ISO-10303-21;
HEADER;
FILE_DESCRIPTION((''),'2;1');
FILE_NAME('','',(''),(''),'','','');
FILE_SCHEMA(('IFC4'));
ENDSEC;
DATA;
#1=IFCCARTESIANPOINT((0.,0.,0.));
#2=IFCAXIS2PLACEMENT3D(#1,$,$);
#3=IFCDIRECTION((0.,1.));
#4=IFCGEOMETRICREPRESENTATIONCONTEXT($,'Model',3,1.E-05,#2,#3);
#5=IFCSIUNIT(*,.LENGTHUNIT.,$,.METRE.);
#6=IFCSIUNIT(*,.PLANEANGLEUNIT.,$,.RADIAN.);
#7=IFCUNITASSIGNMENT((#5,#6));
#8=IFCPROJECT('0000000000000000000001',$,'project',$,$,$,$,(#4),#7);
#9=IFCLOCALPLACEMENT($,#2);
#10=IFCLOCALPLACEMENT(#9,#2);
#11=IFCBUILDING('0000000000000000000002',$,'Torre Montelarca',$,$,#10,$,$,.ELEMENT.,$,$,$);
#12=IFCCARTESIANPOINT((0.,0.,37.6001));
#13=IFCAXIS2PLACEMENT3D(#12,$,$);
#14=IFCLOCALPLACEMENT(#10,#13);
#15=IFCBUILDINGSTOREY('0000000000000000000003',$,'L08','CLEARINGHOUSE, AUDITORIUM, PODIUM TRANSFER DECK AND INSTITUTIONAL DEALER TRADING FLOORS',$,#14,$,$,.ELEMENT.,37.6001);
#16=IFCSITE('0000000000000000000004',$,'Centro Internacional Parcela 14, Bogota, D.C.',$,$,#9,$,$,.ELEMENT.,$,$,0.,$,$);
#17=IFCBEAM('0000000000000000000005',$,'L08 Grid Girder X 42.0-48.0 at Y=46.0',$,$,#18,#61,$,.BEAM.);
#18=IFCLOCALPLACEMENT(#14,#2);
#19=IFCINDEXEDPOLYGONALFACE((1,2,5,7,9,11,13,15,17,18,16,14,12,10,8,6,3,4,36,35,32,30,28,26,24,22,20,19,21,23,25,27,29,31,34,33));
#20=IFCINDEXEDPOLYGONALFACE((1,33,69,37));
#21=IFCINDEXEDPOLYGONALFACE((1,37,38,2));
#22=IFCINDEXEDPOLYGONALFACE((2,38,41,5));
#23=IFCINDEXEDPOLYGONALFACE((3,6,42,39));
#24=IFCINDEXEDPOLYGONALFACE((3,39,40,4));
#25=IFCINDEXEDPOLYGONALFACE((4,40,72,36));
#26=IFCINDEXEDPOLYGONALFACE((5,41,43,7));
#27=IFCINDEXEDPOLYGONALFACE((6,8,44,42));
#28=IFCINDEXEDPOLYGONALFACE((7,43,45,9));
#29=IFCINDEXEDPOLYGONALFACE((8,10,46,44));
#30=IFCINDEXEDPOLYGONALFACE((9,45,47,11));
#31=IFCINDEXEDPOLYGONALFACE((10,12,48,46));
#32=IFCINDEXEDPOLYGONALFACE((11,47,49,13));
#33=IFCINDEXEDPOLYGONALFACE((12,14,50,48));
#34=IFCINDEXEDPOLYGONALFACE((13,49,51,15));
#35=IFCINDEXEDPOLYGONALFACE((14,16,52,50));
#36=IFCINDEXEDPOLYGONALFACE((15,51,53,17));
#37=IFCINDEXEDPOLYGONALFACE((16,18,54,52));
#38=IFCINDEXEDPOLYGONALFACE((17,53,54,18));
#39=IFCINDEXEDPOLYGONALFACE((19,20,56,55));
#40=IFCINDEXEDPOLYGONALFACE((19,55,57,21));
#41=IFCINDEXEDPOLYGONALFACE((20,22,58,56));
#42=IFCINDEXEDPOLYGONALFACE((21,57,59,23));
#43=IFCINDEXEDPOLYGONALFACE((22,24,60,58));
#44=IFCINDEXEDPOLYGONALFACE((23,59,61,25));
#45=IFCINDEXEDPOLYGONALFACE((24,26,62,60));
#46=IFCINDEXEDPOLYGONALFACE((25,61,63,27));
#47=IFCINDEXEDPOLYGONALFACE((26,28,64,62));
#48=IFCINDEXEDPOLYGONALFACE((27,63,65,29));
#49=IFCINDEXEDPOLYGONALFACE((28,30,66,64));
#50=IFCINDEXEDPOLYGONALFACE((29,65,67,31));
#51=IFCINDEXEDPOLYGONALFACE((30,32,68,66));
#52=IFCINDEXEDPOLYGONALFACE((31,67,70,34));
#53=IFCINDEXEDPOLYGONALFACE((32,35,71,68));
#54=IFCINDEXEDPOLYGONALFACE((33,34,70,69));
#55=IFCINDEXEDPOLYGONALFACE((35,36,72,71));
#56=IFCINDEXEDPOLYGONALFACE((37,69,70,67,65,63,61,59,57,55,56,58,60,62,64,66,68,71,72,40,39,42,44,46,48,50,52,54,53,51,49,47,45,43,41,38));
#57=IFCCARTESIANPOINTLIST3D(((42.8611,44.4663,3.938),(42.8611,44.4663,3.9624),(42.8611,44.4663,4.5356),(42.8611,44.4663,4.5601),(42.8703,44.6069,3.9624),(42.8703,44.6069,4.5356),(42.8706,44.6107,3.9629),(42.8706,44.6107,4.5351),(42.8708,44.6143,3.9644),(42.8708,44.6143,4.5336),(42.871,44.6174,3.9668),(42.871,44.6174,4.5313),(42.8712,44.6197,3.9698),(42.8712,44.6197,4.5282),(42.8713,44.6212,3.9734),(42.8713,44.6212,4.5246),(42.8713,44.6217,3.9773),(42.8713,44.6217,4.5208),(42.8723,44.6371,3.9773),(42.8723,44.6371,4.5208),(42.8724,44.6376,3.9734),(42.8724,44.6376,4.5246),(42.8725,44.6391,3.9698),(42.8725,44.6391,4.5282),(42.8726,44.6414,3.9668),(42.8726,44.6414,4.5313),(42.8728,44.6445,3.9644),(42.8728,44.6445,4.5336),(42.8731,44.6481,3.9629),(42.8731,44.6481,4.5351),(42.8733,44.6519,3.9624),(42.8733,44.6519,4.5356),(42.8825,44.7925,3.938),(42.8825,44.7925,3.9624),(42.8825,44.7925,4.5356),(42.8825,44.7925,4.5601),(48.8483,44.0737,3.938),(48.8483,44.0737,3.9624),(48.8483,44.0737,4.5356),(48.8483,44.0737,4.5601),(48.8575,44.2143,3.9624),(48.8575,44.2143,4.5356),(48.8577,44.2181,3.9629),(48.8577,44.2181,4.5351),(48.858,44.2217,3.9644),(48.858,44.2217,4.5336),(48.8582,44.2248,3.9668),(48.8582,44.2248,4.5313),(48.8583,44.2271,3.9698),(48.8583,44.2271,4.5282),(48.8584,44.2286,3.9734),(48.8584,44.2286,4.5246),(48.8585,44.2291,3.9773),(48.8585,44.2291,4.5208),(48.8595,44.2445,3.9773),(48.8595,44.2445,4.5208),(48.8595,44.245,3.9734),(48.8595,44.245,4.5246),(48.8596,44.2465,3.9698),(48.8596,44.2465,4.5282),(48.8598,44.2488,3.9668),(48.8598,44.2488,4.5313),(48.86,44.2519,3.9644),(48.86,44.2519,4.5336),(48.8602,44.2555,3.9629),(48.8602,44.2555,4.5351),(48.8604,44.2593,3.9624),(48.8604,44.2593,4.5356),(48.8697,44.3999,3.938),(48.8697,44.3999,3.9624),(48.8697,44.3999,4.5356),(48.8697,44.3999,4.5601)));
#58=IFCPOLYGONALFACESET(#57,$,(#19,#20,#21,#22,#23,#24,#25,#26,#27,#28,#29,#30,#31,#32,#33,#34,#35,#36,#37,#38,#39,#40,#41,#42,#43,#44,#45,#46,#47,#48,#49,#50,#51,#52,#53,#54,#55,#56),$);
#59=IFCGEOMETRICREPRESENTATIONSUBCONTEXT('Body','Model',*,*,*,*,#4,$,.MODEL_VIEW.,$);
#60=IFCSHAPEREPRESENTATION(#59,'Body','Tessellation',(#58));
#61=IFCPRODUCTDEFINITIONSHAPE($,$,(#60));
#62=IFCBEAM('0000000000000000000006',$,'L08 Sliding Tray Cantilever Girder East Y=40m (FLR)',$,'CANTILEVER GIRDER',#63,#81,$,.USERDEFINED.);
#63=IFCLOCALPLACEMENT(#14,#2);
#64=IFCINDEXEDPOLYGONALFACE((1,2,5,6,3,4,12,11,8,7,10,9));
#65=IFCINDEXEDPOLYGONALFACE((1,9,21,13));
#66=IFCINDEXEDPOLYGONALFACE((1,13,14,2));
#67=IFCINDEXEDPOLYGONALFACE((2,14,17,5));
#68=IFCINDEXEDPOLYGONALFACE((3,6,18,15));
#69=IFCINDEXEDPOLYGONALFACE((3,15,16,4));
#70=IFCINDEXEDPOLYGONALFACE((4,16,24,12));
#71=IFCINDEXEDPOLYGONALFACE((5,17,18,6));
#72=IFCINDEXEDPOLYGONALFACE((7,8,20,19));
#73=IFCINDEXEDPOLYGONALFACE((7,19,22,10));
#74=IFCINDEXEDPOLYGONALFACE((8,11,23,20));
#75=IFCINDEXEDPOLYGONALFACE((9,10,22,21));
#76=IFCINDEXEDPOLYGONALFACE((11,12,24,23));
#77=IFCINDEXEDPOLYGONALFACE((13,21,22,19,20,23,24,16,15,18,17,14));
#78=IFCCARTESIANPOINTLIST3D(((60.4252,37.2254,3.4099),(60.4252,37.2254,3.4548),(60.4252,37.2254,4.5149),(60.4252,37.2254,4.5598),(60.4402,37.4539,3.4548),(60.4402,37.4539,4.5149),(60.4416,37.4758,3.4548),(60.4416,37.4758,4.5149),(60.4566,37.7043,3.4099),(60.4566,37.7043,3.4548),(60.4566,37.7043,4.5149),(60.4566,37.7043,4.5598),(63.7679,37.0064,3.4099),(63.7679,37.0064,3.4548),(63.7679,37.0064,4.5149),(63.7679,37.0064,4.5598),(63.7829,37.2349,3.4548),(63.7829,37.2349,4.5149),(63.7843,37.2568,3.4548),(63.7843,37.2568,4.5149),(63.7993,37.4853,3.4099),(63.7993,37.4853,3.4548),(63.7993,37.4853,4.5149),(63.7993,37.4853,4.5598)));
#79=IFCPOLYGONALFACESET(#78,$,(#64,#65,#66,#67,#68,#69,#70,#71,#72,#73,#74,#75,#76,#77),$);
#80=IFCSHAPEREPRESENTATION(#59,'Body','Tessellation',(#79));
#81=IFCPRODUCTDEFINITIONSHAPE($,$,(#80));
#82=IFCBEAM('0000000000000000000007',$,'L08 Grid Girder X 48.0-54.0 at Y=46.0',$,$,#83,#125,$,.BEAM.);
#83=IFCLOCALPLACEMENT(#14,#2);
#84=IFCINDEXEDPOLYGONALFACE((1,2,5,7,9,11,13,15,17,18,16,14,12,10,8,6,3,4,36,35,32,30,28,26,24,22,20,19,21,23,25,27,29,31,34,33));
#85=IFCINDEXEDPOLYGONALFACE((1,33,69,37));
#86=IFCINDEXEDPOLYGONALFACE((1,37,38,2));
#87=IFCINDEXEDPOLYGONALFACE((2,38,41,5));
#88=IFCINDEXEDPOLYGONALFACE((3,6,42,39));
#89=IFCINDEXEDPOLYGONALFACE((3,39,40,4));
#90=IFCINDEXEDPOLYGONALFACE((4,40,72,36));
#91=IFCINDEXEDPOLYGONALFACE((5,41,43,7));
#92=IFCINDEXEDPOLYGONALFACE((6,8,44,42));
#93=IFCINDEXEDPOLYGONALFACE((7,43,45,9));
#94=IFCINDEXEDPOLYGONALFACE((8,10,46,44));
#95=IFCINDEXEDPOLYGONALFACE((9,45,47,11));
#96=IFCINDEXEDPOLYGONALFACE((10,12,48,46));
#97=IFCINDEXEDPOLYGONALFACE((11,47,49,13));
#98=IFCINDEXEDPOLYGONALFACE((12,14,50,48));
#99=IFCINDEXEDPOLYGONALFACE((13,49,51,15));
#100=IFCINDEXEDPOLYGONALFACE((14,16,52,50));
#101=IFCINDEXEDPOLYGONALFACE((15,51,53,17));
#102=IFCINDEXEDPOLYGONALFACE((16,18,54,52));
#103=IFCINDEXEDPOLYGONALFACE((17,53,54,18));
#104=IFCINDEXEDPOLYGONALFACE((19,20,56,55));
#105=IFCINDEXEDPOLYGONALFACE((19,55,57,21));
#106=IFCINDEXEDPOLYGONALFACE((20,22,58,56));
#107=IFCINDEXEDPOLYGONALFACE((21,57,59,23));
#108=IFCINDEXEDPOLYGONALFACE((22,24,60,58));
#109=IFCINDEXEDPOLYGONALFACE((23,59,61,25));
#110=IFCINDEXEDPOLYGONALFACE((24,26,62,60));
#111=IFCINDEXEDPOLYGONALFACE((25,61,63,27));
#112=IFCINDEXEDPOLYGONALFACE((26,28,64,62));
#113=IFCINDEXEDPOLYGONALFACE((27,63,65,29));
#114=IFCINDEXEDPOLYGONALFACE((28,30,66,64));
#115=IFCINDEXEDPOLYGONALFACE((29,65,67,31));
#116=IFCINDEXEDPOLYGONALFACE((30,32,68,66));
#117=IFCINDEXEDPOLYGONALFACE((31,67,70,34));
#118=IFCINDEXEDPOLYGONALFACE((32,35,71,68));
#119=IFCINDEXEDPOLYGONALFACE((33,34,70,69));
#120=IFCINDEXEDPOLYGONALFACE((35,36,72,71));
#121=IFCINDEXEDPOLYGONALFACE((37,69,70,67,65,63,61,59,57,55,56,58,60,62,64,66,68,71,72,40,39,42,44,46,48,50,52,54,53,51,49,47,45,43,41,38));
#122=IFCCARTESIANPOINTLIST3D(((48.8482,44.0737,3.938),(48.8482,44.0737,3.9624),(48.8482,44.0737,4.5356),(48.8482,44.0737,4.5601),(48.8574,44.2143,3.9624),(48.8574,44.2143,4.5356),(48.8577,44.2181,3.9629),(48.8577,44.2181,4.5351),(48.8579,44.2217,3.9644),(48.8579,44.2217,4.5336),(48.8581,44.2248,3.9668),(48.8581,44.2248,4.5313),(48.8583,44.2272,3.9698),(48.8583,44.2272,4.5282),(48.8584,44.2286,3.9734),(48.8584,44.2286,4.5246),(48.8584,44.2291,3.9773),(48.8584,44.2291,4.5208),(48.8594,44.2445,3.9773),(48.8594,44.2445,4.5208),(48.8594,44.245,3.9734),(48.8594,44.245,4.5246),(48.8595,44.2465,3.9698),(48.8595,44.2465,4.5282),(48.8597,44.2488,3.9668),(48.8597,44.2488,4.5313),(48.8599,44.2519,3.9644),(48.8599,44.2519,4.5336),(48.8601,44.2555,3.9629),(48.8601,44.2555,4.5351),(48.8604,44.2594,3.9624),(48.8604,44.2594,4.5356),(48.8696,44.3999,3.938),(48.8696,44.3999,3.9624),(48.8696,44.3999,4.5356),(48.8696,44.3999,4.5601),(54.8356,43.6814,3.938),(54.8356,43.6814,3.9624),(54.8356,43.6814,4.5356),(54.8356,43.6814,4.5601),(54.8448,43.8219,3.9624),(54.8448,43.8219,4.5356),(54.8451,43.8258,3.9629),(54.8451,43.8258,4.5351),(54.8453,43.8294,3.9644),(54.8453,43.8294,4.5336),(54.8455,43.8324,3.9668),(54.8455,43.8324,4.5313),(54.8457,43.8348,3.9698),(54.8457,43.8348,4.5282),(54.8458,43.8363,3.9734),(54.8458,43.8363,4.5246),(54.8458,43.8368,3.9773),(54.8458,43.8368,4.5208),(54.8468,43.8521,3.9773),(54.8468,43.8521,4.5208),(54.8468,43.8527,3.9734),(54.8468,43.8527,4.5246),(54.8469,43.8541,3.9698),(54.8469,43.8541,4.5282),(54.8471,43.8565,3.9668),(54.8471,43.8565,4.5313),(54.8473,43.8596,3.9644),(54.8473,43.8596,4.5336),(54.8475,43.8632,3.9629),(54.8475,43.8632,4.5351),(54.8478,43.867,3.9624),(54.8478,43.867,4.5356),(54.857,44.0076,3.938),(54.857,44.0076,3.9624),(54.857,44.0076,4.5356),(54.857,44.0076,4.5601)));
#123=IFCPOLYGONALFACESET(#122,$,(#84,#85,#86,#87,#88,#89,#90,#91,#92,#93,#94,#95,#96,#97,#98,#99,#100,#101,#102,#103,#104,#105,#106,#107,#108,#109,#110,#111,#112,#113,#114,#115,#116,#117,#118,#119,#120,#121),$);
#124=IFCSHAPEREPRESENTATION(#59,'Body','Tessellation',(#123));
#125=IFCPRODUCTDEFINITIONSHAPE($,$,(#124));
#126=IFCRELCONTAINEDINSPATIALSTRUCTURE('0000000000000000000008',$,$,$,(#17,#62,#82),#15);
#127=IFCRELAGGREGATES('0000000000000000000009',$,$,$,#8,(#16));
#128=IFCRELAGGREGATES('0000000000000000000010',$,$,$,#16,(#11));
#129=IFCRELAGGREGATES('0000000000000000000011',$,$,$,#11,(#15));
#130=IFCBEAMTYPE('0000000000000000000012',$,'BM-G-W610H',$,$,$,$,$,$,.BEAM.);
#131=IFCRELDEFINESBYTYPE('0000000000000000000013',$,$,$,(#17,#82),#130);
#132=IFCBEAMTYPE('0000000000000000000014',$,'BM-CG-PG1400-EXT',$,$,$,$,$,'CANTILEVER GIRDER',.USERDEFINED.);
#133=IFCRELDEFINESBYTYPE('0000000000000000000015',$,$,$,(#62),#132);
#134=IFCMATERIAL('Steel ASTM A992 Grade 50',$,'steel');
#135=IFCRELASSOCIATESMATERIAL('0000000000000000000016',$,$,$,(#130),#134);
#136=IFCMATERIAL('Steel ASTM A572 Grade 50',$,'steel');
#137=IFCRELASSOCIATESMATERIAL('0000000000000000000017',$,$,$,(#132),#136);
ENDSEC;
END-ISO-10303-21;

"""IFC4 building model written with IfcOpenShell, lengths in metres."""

from ifc_helpers import new_model, si_unit, direction, frame, origin, origin_2d, place, context, subcontext, project, spatial, i_section, extrude, source, transform, mapped, material, material_profile, profile_set, type_object, element, save


model = new_model("IFC4")

# Units and contexts
model_context = context("Model", 3, precision=1e-05, world=origin(), true_north=direction((0.0, 1.0)))
body_context = subcontext(model_context, "Body", "Model", "MODEL_VIEW")
ifc_project = project(units=[si_unit("LENGTHUNIT", "METRE"), si_unit("PLANEANGLEUNIT", "RADIAN")], contexts=[model_context])

# Site, building, storey
site_placement = place(None, origin())
site = spatial("IfcSite", under=ifc_project, at=site_placement, Name="Centro Internacional Parcela 14, Bogota, D.C.", CompositionType="ELEMENT", RefElevation=0.0)
building_placement = place(site_placement, origin())
building = spatial("IfcBuilding", under=site, at=building_placement, Name="Torre Montelarca", CompositionType="ELEMENT")
storey_placement = place(building_placement, frame((0.0, 0.0, 37.6001)))
storey = spatial("IfcBuildingStorey", under=building, at=storey_placement, Name="L08", Description="CLEARINGHOUSE, AUDITORIUM, PODIUM TRANSFER DECK AND INSTITUTIONAL DEALER TRADING FLOORS", CompositionType="ELEMENT", Elevation=37.6001)

# Shared definitions
ifc_material_1 = material(Name="Steel ASTM A992 Grade 50", Category="steel")

# Beams
ifc_material_profile_1 = material_profile(ifc_material_1, i_section(OverallWidth=0.3269, OverallDepth=0.6221, WebThickness=0.0154, FlangeThickness=0.0244, FilletRadius=0.0149, at=origin_2d()), Name="W610X195", Category="steel")
ifc_profile_set_1 = profile_set([ifc_material_profile_1], Name="Steel ASTM A992 Grade 50")
beam_type_1 = type_object("IfcBeamType", Name="BM-G-W610H", PredefinedType="BEAM", material=ifc_profile_set_1)
shared_shape_1 = source(origin(), body_context, "Body", "SweptSolid", [
    extrude(i_section(OverallWidth=0.3269, OverallDepth=0.6221, WebThickness=0.0154, FlangeThickness=0.0244, FilletRadius=0.0149, at=origin_2d()), origin(), (0.0, 0.0, 1.0), 6.0),
])
beam_1_placement = place(storey_placement, frame((42.8718, 44.6294, 4.249), z_axis=(0.997857, -0.065431, 0.0), x_axis=(0.065431, 0.997857, 0.0)))
element("IfcBeam", 1, at=beam_1_placement, inside=storey, type_object=beam_type_1, Name="L08 Grid Girder X 42.0-48.0 at Y=46.0", PredefinedType="BEAM", context=body_context, shape_type="MappedRepresentation", body=[
    mapped(shared_shape_1, transform((0.0, 0.0, 0.0), scale=1.0)),
])
ifc_material_2 = material(Name="Steel ASTM A572 Grade 50", Category="steel")
ifc_material_profile_2 = material_profile(ifc_material_2, i_section(OverallWidth=0.48, OverallDepth=1.1499, WebThickness=0.022, FlangeThickness=0.0449, at=origin_2d()), Name="PG1150X480X22X45", Category="steel")
ifc_profile_set_2 = profile_set([ifc_material_profile_2], Name="Steel ASTM A572 Grade 50")
beam_type_2 = type_object("IfcBeamType", Name="BM-CG-PG1400-EXT", ElementType="CANTILEVER GIRDER", PredefinedType="USERDEFINED", material=ifc_profile_set_2)
shared_shape_2 = source(origin(), body_context, "Body", "SweptSolid", [
    extrude(i_section(OverallWidth=0.48, OverallDepth=1.1499, WebThickness=0.022, FlangeThickness=0.0449, at=origin_2d()), origin(), (0.0, 0.0, 1.0), 3.3499),
])
beam_2_placement = place(storey_placement, frame((60.4409, 37.4648, 3.9849), z_axis=(0.997861, -0.065373, 0.0), x_axis=(0.065373, 0.997861, 0.0)))
element("IfcBeam", 2, at=beam_2_placement, inside=storey, type_object=beam_type_2, Name="L08 Sliding Tray Cantilever Girder East Y=40m (FLR)", ObjectType="CANTILEVER GIRDER", PredefinedType="USERDEFINED", context=body_context, shape_type="MappedRepresentation", body=[
    mapped(shared_shape_2, transform((0.0, 0.0, 0.0), scale=1.0)),
])
shared_shape_3 = source(origin(), body_context, "Body", "SweptSolid", [
    extrude(i_section(OverallWidth=0.3269, OverallDepth=0.6221, WebThickness=0.0154, FlangeThickness=0.0244, FilletRadius=0.0149, at=origin_2d()), origin(), (0.0, 0.0, 1.0), 6.0002),
])
beam_3_placement = place(storey_placement, frame((48.8589, 44.2368, 4.249), z_axis=(0.99786, -0.065387, 0.0), x_axis=(0.065387, 0.99786, 0.0)))
element("IfcBeam", 3, at=beam_3_placement, inside=storey, type_object=beam_type_1, Name="L08 Grid Girder X 48.0-54.0 at Y=46.0", PredefinedType="BEAM", context=body_context, shape_type="MappedRepresentation", body=[
    mapped(shared_shape_3, transform((0.0, 0.0, 0.0), scale=1.0)),
])

save(model, "model.ifc")
